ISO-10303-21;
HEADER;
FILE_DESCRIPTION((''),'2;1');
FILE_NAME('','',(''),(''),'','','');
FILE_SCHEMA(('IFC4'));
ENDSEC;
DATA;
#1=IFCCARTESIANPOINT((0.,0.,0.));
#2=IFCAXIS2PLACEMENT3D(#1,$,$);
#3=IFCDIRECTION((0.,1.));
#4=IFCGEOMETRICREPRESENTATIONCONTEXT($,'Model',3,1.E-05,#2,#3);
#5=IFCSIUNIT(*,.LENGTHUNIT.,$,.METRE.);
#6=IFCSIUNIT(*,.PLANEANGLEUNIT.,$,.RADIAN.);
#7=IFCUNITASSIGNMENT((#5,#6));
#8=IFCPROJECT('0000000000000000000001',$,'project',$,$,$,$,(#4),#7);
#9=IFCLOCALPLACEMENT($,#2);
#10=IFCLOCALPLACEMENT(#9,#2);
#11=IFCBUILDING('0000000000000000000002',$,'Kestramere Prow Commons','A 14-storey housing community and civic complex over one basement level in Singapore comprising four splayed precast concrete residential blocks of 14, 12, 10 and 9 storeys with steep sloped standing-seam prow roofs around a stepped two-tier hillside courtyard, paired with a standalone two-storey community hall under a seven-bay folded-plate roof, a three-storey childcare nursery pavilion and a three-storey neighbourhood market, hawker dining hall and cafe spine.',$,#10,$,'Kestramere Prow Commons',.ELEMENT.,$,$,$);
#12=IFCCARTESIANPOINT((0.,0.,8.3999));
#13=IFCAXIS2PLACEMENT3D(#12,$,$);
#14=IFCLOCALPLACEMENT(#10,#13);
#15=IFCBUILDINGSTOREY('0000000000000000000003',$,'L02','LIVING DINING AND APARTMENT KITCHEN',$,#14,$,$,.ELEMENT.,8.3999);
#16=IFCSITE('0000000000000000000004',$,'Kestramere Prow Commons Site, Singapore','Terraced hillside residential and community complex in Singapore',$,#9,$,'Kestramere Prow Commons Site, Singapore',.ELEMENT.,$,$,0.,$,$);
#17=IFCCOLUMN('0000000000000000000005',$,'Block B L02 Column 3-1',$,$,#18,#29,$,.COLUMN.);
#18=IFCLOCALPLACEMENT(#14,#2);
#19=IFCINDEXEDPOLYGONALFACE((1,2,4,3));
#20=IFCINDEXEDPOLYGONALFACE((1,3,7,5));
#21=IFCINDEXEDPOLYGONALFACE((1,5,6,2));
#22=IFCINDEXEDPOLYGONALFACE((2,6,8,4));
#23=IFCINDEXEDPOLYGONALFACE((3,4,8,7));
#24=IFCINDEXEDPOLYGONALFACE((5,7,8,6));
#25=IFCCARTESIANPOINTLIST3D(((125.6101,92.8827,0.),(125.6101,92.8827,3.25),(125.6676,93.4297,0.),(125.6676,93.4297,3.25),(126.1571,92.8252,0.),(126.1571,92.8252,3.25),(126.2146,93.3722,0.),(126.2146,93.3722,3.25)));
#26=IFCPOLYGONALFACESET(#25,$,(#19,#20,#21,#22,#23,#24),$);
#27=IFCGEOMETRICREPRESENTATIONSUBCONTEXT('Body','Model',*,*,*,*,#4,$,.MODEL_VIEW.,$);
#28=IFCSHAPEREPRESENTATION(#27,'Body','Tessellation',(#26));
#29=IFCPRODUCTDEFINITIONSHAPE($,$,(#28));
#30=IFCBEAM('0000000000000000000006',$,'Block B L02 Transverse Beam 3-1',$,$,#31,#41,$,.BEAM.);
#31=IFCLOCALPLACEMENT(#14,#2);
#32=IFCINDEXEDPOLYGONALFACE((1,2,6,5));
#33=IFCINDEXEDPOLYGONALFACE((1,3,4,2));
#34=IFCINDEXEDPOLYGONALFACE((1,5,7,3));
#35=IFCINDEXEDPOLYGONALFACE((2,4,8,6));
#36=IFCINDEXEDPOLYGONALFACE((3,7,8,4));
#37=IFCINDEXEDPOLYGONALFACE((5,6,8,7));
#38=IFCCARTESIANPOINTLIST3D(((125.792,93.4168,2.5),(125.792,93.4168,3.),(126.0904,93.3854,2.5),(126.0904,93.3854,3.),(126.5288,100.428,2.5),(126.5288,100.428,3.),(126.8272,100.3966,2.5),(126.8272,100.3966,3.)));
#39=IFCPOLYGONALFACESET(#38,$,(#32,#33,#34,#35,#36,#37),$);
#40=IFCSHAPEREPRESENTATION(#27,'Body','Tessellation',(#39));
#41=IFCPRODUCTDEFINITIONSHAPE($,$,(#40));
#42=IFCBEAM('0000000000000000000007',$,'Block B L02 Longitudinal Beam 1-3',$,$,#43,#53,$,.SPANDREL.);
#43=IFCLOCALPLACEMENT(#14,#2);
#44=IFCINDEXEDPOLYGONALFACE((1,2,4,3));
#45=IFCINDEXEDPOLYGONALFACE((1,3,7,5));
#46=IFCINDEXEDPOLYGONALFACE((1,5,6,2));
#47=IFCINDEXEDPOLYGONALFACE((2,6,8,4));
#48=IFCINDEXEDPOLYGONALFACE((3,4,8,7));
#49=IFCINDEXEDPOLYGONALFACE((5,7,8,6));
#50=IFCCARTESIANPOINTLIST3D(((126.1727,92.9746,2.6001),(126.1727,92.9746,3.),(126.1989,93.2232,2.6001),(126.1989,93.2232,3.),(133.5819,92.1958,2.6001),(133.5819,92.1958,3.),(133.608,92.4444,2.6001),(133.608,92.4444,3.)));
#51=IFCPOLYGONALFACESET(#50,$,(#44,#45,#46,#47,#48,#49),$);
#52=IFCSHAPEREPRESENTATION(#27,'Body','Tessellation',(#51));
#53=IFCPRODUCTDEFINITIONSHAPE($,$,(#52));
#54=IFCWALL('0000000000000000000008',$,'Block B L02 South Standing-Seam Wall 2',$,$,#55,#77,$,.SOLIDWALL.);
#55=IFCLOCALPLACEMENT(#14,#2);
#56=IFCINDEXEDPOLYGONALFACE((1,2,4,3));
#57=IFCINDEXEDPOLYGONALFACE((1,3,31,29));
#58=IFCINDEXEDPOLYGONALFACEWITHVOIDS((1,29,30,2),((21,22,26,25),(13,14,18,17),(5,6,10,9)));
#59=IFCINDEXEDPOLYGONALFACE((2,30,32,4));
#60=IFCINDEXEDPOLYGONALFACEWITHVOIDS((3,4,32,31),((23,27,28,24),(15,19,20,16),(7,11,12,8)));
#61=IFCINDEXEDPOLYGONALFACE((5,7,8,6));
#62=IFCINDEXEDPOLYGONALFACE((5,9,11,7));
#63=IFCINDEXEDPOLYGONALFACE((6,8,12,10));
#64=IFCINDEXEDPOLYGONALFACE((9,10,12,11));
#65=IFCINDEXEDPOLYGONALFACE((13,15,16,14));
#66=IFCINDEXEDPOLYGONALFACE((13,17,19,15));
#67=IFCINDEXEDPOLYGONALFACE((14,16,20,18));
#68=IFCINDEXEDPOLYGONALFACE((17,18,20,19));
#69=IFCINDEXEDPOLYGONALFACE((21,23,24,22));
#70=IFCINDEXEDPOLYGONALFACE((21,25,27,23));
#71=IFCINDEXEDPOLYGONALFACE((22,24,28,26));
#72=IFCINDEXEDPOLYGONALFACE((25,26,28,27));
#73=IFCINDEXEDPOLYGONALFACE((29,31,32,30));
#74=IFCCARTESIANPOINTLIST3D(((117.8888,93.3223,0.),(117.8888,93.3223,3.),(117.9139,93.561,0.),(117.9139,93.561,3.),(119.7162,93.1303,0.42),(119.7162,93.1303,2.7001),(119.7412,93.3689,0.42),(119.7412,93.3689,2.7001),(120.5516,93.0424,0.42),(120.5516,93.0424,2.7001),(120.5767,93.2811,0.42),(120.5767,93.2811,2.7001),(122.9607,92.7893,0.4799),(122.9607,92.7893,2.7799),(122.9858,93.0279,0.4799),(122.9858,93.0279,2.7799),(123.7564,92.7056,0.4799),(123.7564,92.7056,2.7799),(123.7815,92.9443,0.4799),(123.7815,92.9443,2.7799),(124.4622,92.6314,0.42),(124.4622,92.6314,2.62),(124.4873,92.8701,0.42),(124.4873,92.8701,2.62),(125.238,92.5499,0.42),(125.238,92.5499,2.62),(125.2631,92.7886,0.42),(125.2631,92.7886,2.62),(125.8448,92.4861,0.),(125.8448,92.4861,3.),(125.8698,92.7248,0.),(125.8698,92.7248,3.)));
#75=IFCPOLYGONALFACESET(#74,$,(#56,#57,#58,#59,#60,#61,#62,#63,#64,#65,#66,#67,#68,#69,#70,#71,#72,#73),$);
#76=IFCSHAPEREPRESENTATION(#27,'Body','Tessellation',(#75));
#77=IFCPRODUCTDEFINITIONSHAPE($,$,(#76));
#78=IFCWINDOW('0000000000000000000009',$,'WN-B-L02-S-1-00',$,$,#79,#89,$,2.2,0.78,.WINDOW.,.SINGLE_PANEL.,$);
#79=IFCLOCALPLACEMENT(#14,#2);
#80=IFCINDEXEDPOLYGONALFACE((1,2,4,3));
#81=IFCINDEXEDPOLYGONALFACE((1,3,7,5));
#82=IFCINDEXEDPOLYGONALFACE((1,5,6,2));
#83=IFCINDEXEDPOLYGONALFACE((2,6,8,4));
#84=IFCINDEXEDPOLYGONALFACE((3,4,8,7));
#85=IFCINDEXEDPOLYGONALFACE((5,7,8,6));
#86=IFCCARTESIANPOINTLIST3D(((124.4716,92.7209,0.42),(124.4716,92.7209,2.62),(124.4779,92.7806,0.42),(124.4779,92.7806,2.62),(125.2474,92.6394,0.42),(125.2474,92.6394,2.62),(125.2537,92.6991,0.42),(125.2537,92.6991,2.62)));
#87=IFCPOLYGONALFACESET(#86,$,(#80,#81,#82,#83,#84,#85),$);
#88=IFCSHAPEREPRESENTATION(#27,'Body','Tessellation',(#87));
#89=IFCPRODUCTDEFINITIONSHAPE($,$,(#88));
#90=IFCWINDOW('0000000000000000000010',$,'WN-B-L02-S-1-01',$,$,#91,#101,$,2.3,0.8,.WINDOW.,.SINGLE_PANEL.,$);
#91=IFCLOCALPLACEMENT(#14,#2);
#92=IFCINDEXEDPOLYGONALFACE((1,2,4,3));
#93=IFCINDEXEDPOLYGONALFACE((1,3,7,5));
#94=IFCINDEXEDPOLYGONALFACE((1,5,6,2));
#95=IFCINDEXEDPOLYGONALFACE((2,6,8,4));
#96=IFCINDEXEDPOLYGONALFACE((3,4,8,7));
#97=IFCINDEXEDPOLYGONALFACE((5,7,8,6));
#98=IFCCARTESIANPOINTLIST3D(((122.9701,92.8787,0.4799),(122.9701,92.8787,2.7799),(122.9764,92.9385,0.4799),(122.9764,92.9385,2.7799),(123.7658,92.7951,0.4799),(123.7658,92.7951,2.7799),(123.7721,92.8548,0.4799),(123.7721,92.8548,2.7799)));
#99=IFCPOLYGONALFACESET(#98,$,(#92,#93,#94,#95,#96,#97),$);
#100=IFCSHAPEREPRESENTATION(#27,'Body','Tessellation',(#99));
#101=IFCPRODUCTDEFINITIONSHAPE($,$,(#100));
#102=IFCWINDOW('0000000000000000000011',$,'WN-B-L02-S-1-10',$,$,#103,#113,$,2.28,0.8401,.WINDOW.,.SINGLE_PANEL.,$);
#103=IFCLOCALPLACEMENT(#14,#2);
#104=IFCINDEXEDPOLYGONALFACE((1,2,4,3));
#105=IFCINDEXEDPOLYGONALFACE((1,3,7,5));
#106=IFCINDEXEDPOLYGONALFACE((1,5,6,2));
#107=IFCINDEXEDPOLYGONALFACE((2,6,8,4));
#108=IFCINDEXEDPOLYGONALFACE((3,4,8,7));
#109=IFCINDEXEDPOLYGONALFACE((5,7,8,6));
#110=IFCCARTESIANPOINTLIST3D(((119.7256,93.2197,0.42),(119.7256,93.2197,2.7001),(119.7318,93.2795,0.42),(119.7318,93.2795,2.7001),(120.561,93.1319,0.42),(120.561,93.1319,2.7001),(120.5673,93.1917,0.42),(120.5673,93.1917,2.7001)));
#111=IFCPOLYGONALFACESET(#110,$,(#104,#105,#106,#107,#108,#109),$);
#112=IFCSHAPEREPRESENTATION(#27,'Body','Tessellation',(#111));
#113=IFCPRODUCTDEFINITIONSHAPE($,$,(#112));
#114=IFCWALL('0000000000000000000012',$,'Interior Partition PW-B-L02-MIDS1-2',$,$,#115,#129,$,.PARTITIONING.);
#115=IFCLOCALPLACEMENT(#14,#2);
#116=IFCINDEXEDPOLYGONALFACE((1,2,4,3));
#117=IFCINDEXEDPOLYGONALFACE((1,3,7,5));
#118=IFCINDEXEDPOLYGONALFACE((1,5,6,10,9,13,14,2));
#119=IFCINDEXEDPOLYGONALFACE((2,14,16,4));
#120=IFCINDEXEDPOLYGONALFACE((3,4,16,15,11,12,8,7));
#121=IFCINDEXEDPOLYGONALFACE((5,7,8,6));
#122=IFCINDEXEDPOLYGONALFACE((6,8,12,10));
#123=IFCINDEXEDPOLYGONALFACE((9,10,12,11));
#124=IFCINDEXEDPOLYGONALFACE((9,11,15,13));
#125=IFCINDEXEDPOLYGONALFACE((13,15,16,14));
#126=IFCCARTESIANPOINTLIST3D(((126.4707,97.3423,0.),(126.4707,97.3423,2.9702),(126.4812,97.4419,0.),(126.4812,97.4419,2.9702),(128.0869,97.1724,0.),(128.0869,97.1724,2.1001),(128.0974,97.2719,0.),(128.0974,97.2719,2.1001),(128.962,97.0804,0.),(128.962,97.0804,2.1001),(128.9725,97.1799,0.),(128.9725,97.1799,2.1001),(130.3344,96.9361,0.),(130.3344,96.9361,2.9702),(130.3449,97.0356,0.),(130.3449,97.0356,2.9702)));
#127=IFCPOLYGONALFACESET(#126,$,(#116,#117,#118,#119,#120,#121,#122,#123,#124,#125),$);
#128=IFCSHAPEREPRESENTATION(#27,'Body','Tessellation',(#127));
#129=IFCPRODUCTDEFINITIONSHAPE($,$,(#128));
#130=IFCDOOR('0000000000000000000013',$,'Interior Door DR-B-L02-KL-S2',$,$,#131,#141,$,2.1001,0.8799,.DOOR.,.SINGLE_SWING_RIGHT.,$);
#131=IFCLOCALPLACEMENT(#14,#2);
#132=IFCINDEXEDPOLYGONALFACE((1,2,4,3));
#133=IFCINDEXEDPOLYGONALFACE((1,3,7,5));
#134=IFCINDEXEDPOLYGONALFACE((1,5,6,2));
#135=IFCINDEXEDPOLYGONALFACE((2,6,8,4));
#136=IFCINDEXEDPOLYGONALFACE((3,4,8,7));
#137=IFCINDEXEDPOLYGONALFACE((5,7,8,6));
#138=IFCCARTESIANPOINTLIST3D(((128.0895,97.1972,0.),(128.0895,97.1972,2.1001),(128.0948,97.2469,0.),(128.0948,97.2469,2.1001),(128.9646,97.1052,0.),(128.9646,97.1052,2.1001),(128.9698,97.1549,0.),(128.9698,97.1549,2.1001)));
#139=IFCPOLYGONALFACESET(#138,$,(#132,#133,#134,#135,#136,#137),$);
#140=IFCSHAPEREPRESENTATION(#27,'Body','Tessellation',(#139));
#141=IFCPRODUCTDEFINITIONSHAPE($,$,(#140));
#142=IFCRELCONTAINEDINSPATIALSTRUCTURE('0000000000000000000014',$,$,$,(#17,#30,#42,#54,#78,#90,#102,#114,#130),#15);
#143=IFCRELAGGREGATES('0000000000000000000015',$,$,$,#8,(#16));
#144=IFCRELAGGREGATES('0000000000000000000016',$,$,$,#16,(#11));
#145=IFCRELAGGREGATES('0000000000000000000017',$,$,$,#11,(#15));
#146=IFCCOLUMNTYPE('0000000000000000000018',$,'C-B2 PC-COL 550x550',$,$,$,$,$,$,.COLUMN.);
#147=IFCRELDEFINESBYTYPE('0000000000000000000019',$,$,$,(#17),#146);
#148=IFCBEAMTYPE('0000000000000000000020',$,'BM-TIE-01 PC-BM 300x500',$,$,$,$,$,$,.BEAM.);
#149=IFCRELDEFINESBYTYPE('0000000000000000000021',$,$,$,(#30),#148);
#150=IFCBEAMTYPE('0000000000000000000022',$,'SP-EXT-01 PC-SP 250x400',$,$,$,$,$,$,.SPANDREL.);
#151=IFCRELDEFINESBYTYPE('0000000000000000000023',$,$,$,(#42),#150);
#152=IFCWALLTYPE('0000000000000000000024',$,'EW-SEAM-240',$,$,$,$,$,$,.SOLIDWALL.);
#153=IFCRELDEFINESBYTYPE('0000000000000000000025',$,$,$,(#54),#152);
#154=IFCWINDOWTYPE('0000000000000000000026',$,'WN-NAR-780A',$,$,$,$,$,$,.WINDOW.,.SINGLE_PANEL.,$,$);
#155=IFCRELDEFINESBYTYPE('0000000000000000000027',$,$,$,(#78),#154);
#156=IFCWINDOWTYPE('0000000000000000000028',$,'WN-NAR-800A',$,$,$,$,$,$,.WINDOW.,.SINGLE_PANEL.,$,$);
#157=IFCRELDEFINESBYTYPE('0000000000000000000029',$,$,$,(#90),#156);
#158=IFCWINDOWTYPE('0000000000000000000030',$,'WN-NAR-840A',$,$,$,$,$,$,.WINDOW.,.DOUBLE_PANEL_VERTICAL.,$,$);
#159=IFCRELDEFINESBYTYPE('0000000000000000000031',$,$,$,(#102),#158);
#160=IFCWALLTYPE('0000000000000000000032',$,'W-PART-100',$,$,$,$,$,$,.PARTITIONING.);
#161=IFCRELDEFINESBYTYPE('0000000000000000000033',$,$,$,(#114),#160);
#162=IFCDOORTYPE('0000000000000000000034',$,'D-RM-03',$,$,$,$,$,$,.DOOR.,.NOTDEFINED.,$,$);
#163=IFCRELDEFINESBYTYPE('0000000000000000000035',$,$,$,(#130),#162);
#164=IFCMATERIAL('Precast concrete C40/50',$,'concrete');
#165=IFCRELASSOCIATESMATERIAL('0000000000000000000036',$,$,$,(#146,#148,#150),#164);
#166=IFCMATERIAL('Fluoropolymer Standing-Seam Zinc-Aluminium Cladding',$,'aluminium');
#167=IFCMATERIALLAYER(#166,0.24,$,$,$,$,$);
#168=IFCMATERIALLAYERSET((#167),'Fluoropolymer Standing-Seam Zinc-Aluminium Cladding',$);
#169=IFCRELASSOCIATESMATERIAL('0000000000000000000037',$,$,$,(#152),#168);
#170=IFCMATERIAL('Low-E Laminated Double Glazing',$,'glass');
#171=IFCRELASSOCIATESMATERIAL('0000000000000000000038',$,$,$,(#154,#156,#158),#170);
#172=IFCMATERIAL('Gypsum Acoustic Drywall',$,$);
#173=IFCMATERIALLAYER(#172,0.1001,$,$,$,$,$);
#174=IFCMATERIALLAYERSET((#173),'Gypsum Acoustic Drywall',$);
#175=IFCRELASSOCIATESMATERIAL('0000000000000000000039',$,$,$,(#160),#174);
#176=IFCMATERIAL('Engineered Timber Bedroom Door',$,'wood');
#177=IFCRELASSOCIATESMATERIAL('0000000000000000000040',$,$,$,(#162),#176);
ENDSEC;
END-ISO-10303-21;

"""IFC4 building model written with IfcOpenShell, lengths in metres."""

from ifc_helpers import new_model, si_unit, direction, frame, frame_2d, origin, origin_2d, place, context, subcontext, project, spatial, rectangle, extrude, material, layer, layer_set, material_profile, profile_set, type_object, element, fill, save


model = new_model("IFC4")

# Units and contexts
model_context = context("Model", 3, precision=1e-05, world=origin(), true_north=direction((0.0, 1.0)))
body_context = subcontext(model_context, "Body", "Model", "MODEL_VIEW")
ifc_project = project(units=[si_unit("LENGTHUNIT", "METRE"), si_unit("PLANEANGLEUNIT", "RADIAN")], contexts=[model_context])

# Site, building, storey
site_placement = place(None, origin())
site = spatial("IfcSite", under=ifc_project, at=site_placement, Name="Kestramere Prow Commons Site, Singapore", Description="Terraced hillside residential and community complex in Singapore", LongName="Kestramere Prow Commons Site, Singapore", CompositionType="ELEMENT", RefElevation=0.0)
building_placement = place(site_placement, origin())
building = spatial("IfcBuilding", under=site, at=building_placement, Name="Kestramere Prow Commons", Description="A 14-storey housing community and civic complex over one basement level in Singapore comprising four splayed precast concrete residential blocks of 14, 12, 10 and 9 storeys with steep sloped standing-seam prow roofs around a stepped two-tier hillside courtyard, paired with a standalone two-storey community hall under a seven-bay folded-plate roof, a three-storey childcare nursery pavilion and a three-storey neighbourhood market, hawker dining hall and cafe spine.", LongName="Kestramere Prow Commons", CompositionType="ELEMENT")
storey_placement = place(building_placement, frame((0.0, 0.0, 8.3999)))
storey = spatial("IfcBuildingStorey", under=building, at=storey_placement, Name="L02", Description="LIVING DINING AND APARTMENT KITCHEN", CompositionType="ELEMENT", Elevation=8.3999)

# Column
ifc_material_1 = material(Name="Precast concrete C40/50", Category="concrete")
ifc_material_profile_1 = material_profile(ifc_material_1, rectangle(XDim=0.55, YDim=0.55, at=origin_2d()), Name="PC-COL 550x550")
ifc_profile_set_1 = profile_set([ifc_material_profile_1], Name="Precast concrete C40/50")
column_type = type_object("IfcColumnType", Name="C-B2 PC-COL 550x550", PredefinedType="COLUMN", material=ifc_profile_set_1)
column_placement = place(storey_placement, frame((125.9124, 93.1274, 0.0), z_axis=(0.0, 0.0, 1.0), x_axis=(0.994522, -0.104528, 0.0)))
element("IfcColumn", 1, at=column_placement, inside=storey, type_object=column_type, Name="Block B L02 Column 3-1", PredefinedType="COLUMN", context=body_context, shape_type="SweptSolid", body=[
    extrude(rectangle(XDim=0.55, YDim=0.55, at=origin_2d()), origin(), (0.0, 0.0, 1.0), 3.25),
])

# Beams
ifc_material_profile_2 = material_profile(ifc_material_1, rectangle(XDim=0.3, YDim=0.5, at=origin_2d()), Name="PC-BM 300x500")
ifc_profile_set_2 = profile_set([ifc_material_profile_2], Name="Precast concrete C40/50")
beam_type_1 = type_object("IfcBeamType", Name="BM-TIE-01 PC-BM 300x500", PredefinedType="BEAM", material=ifc_profile_set_2)
beam_1_placement = place(storey_placement, frame((125.9412, 93.4011, 2.75), z_axis=(0.104515, 0.994523, 0.0), x_axis=(-0.994523, 0.104515, 0.0)))
element("IfcBeam", 2, at=beam_1_placement, inside=storey, type_object=beam_type_1, Name="Block B L02 Transverse Beam 3-1", PredefinedType="BEAM", context=body_context, shape_type="SweptSolid", body=[
    extrude(rectangle(XDim=0.3, YDim=0.5, at=origin_2d()), origin(), (0.0, 0.0, 1.0), 7.0498),
])
ifc_material_profile_3 = material_profile(ifc_material_1, rectangle(XDim=0.25, YDim=0.3999, at=origin_2d()), Name="PC-SP 250x400")
ifc_profile_set_3 = profile_set([ifc_material_profile_3], Name="Precast concrete C40/50")
beam_type_2 = type_object("IfcBeamType", Name="SP-EXT-01 PC-SP 250x400", PredefinedType="SPANDREL", material=ifc_profile_set_3)
beam_2_placement = place(storey_placement, frame((126.1858, 93.0989, 2.8), z_axis=(0.994521, -0.104538, 0.0), x_axis=(0.104538, 0.994521, 0.0)))
element("IfcBeam", 3, at=beam_2_placement, inside=storey, type_object=beam_type_2, Name="Block B L02 Longitudinal Beam 1-3", PredefinedType="SPANDREL", context=body_context, shape_type="SweptSolid", body=[
    extrude(rectangle(XDim=0.25, YDim=0.3999, at=origin_2d()), origin(), (0.0, 0.0, 1.0), 7.45),
])

# Wall, openings, windows
ifc_material_2 = material(Name="Fluoropolymer Standing-Seam Zinc-Aluminium Cladding", Category="aluminium")
ifc_layer_1 = layer(ifc_material_2, 0.24)
ifc_layer_set_1 = layer_set([ifc_layer_1], Name="Fluoropolymer Standing-Seam Zinc-Aluminium Cladding")
wall_type_1 = type_object("IfcWallType", Name="EW-SEAM-240", PredefinedType="SOLIDWALL", material=ifc_layer_set_1)
wall_1_placement = place(storey_placement, frame((125.8574, 92.6055, 0.0), z_axis=(0.0, 0.0, 1.0), x_axis=(-0.994522, 0.104524, 0.0)))
wall_1 = element("IfcWall", 4, at=wall_1_placement, inside=storey, type_object=wall_type_1, Name="Block B L02 South Standing-Seam Wall 2", PredefinedType="SOLIDWALL", context=body_context, shape_type="SweptSolid", body=[
    extrude(rectangle(XDim=7.9998, YDim=0.24, at=frame_2d((4.0, 0.0))), origin(), (0.0, 0.0, 1.0), 3.0),
])
opening_1_placement = place(wall_1_placement, frame((0.6101, 0.0, 0.4199)))
opening_1 = element("IfcOpeningElement", 5, at=opening_1_placement, cuts=wall_1, PredefinedType="OPENING", context=body_context, shape_type="SweptSolid", body=[
    extrude(rectangle(XDim=0.78, YDim=2.2, at=frame_2d((0.3901, 1.1001))), frame((0.0, 0.135, 0.0), z_axis=(0.0, -1.0, 0.0), x_axis=(1.0, 0.0, 0.0)), (0.0, 0.0, 1.0), 0.27),
])
opening_2_placement = place(wall_1_placement, frame((2.1001, 0.0, 0.48)))
opening_2 = element("IfcOpeningElement", 6, at=opening_2_placement, cuts=wall_1, PredefinedType="OPENING", context=body_context, shape_type="SweptSolid", body=[
    extrude(rectangle(XDim=0.8, YDim=2.3, at=frame_2d((0.3999, 1.1499))), frame((0.0, 0.135, 0.0), z_axis=(0.0, -1.0, 0.0), x_axis=(1.0, 0.0, 0.0)), (0.0, 0.0, 1.0), 0.27),
])
opening_3_placement = place(wall_1_placement, frame((5.3225, 0.0, 0.4199)))
opening_3 = element("IfcOpeningElement", 7, at=opening_3_placement, cuts=wall_1, PredefinedType="OPENING", context=body_context, shape_type="SweptSolid", body=[
    extrude(rectangle(XDim=0.8401, YDim=2.28, at=frame_2d((0.4199, 1.1401))), frame((0.0, 0.135, 0.0), z_axis=(0.0, -1.0, 0.0), x_axis=(1.0, 0.0, 0.0)), (0.0, 0.0, 1.0), 0.27),
])
ifc_material_3 = material(Name="Low-E Laminated Double Glazing", Category="glass")
window_type_1 = type_object("IfcWindowType", Name="WN-NAR-780A", PartitioningType="SINGLE_PANEL", PredefinedType="WINDOW", material=ifc_material_3)
window_1_placement = place(opening_1_placement, origin())
window_1 = element("IfcWindow", 8, at=window_1_placement, inside=storey, type_object=window_type_1, Name="WN-B-L02-S-1-00", OverallHeight=2.2, OverallWidth=0.78, PartitioningType="SINGLE_PANEL", PredefinedType="WINDOW", context=body_context, shape_type="SweptSolid", body=[
    extrude(rectangle(XDim=0.78, YDim=2.2, at=frame_2d((0.3901, 1.1001))), frame((0.0, 0.03, 0.0), z_axis=(0.0, -1.0, 0.0), x_axis=(1.0, 0.0, 0.0)), (0.0, 0.0, 1.0), 0.0601),
])
fill(opening_1, window_1)
window_type_2 = type_object("IfcWindowType", Name="WN-NAR-800A", PartitioningType="SINGLE_PANEL", PredefinedType="WINDOW", material=ifc_material_3)
window_2_placement = place(opening_2_placement, origin())
window_2 = element("IfcWindow", 9, at=window_2_placement, inside=storey, type_object=window_type_2, Name="WN-B-L02-S-1-01", OverallHeight=2.3, OverallWidth=0.8, PartitioningType="SINGLE_PANEL", PredefinedType="WINDOW", context=body_context, shape_type="SweptSolid", body=[
    extrude(rectangle(XDim=0.8, YDim=2.3, at=frame_2d((0.3999, 1.1499))), frame((0.0, 0.03, 0.0), z_axis=(0.0, -1.0, 0.0), x_axis=(1.0, 0.0, 0.0)), (0.0, 0.0, 1.0), 0.0601),
])
fill(opening_2, window_2)
window_type_3 = type_object("IfcWindowType", Name="WN-NAR-840A", PartitioningType="DOUBLE_PANEL_VERTICAL", PredefinedType="WINDOW", material=ifc_material_3)
window_3_placement = place(opening_3_placement, origin())
window_3 = element("IfcWindow", 10, at=window_3_placement, inside=storey, type_object=window_type_3, Name="WN-B-L02-S-1-10", OverallHeight=2.28, OverallWidth=0.8401, PartitioningType="SINGLE_PANEL", PredefinedType="WINDOW", context=body_context, shape_type="SweptSolid", body=[
    extrude(rectangle(XDim=0.8401, YDim=2.28, at=frame_2d((0.4199, 1.1401))), frame((0.0, 0.03, 0.0), z_axis=(0.0, -1.0, 0.0), x_axis=(1.0, 0.0, 0.0)), (0.0, 0.0, 1.0), 0.0601),
])
fill(opening_3, window_3)

# Wall, opening, door
ifc_material_4 = material(Name="Gypsum Acoustic Drywall")
ifc_layer_2 = layer(ifc_material_4, 0.1001)
ifc_layer_set_2 = layer_set([ifc_layer_2], Name="Gypsum Acoustic Drywall")
wall_type_2 = type_object("IfcWallType", Name="W-PART-100", PredefinedType="PARTITIONING", material=ifc_layer_set_2)
wall_2_placement = place(storey_placement, frame((126.4761, 97.3921, 0.0), z_axis=(0.0, 0.0, 1.0), x_axis=(0.994518, -0.104567, 0.0)))
wall_2 = element("IfcWall", 11, at=wall_2_placement, inside=storey, type_object=wall_type_2, Name="Interior Partition PW-B-L02-MIDS1-2", PredefinedType="PARTITIONING", context=body_context, shape_type="SweptSolid", body=[
    extrude(rectangle(XDim=3.885, YDim=0.1001, at=frame_2d((1.9424, 0.0))), origin(), (0.0, 0.0, 1.0), 2.9702),
])
opening_4_placement = place(wall_2_placement, frame((1.625, 0.0, 0.0)))
opening_4 = element("IfcOpeningElement", 12, at=opening_4_placement, cuts=wall_2, PredefinedType="OPENING", context=body_context, shape_type="SweptSolid", body=[
    extrude(rectangle(XDim=0.8799, YDim=2.1001, at=frame_2d((0.4399, 1.05))), frame((0.0, 0.0649, 0.0), z_axis=(0.0, -1.0, 0.0), x_axis=(1.0, 0.0, 0.0)), (0.0, 0.0, 1.0), 0.1301),
])
ifc_material_5 = material(Name="Engineered Timber Bedroom Door", Category="wood")
door_type_1 = type_object("IfcDoorType", Name="D-RM-03", OperationType="NOTDEFINED", PredefinedType="DOOR", material=ifc_material_5)
door_1_placement = place(opening_4_placement, origin())
door_1 = element("IfcDoor", 13, at=door_1_placement, inside=storey, type_object=door_type_1, Name="Interior Door DR-B-L02-KL-S2", OperationType="SINGLE_SWING_RIGHT", OverallHeight=2.1001, OverallWidth=0.8799, PredefinedType="DOOR", context=body_context, shape_type="SweptSolid", body=[
    extrude(rectangle(XDim=0.8799, YDim=2.1001, at=frame_2d((0.4399, 1.05))), frame((0.0, 0.0249, 0.0), z_axis=(0.0, -1.0, 0.0), x_axis=(1.0, 0.0, 0.0)), (0.0, 0.0, 1.0), 0.05),
])
fill(opening_4, door_1)

save(model, "model.ifc")
